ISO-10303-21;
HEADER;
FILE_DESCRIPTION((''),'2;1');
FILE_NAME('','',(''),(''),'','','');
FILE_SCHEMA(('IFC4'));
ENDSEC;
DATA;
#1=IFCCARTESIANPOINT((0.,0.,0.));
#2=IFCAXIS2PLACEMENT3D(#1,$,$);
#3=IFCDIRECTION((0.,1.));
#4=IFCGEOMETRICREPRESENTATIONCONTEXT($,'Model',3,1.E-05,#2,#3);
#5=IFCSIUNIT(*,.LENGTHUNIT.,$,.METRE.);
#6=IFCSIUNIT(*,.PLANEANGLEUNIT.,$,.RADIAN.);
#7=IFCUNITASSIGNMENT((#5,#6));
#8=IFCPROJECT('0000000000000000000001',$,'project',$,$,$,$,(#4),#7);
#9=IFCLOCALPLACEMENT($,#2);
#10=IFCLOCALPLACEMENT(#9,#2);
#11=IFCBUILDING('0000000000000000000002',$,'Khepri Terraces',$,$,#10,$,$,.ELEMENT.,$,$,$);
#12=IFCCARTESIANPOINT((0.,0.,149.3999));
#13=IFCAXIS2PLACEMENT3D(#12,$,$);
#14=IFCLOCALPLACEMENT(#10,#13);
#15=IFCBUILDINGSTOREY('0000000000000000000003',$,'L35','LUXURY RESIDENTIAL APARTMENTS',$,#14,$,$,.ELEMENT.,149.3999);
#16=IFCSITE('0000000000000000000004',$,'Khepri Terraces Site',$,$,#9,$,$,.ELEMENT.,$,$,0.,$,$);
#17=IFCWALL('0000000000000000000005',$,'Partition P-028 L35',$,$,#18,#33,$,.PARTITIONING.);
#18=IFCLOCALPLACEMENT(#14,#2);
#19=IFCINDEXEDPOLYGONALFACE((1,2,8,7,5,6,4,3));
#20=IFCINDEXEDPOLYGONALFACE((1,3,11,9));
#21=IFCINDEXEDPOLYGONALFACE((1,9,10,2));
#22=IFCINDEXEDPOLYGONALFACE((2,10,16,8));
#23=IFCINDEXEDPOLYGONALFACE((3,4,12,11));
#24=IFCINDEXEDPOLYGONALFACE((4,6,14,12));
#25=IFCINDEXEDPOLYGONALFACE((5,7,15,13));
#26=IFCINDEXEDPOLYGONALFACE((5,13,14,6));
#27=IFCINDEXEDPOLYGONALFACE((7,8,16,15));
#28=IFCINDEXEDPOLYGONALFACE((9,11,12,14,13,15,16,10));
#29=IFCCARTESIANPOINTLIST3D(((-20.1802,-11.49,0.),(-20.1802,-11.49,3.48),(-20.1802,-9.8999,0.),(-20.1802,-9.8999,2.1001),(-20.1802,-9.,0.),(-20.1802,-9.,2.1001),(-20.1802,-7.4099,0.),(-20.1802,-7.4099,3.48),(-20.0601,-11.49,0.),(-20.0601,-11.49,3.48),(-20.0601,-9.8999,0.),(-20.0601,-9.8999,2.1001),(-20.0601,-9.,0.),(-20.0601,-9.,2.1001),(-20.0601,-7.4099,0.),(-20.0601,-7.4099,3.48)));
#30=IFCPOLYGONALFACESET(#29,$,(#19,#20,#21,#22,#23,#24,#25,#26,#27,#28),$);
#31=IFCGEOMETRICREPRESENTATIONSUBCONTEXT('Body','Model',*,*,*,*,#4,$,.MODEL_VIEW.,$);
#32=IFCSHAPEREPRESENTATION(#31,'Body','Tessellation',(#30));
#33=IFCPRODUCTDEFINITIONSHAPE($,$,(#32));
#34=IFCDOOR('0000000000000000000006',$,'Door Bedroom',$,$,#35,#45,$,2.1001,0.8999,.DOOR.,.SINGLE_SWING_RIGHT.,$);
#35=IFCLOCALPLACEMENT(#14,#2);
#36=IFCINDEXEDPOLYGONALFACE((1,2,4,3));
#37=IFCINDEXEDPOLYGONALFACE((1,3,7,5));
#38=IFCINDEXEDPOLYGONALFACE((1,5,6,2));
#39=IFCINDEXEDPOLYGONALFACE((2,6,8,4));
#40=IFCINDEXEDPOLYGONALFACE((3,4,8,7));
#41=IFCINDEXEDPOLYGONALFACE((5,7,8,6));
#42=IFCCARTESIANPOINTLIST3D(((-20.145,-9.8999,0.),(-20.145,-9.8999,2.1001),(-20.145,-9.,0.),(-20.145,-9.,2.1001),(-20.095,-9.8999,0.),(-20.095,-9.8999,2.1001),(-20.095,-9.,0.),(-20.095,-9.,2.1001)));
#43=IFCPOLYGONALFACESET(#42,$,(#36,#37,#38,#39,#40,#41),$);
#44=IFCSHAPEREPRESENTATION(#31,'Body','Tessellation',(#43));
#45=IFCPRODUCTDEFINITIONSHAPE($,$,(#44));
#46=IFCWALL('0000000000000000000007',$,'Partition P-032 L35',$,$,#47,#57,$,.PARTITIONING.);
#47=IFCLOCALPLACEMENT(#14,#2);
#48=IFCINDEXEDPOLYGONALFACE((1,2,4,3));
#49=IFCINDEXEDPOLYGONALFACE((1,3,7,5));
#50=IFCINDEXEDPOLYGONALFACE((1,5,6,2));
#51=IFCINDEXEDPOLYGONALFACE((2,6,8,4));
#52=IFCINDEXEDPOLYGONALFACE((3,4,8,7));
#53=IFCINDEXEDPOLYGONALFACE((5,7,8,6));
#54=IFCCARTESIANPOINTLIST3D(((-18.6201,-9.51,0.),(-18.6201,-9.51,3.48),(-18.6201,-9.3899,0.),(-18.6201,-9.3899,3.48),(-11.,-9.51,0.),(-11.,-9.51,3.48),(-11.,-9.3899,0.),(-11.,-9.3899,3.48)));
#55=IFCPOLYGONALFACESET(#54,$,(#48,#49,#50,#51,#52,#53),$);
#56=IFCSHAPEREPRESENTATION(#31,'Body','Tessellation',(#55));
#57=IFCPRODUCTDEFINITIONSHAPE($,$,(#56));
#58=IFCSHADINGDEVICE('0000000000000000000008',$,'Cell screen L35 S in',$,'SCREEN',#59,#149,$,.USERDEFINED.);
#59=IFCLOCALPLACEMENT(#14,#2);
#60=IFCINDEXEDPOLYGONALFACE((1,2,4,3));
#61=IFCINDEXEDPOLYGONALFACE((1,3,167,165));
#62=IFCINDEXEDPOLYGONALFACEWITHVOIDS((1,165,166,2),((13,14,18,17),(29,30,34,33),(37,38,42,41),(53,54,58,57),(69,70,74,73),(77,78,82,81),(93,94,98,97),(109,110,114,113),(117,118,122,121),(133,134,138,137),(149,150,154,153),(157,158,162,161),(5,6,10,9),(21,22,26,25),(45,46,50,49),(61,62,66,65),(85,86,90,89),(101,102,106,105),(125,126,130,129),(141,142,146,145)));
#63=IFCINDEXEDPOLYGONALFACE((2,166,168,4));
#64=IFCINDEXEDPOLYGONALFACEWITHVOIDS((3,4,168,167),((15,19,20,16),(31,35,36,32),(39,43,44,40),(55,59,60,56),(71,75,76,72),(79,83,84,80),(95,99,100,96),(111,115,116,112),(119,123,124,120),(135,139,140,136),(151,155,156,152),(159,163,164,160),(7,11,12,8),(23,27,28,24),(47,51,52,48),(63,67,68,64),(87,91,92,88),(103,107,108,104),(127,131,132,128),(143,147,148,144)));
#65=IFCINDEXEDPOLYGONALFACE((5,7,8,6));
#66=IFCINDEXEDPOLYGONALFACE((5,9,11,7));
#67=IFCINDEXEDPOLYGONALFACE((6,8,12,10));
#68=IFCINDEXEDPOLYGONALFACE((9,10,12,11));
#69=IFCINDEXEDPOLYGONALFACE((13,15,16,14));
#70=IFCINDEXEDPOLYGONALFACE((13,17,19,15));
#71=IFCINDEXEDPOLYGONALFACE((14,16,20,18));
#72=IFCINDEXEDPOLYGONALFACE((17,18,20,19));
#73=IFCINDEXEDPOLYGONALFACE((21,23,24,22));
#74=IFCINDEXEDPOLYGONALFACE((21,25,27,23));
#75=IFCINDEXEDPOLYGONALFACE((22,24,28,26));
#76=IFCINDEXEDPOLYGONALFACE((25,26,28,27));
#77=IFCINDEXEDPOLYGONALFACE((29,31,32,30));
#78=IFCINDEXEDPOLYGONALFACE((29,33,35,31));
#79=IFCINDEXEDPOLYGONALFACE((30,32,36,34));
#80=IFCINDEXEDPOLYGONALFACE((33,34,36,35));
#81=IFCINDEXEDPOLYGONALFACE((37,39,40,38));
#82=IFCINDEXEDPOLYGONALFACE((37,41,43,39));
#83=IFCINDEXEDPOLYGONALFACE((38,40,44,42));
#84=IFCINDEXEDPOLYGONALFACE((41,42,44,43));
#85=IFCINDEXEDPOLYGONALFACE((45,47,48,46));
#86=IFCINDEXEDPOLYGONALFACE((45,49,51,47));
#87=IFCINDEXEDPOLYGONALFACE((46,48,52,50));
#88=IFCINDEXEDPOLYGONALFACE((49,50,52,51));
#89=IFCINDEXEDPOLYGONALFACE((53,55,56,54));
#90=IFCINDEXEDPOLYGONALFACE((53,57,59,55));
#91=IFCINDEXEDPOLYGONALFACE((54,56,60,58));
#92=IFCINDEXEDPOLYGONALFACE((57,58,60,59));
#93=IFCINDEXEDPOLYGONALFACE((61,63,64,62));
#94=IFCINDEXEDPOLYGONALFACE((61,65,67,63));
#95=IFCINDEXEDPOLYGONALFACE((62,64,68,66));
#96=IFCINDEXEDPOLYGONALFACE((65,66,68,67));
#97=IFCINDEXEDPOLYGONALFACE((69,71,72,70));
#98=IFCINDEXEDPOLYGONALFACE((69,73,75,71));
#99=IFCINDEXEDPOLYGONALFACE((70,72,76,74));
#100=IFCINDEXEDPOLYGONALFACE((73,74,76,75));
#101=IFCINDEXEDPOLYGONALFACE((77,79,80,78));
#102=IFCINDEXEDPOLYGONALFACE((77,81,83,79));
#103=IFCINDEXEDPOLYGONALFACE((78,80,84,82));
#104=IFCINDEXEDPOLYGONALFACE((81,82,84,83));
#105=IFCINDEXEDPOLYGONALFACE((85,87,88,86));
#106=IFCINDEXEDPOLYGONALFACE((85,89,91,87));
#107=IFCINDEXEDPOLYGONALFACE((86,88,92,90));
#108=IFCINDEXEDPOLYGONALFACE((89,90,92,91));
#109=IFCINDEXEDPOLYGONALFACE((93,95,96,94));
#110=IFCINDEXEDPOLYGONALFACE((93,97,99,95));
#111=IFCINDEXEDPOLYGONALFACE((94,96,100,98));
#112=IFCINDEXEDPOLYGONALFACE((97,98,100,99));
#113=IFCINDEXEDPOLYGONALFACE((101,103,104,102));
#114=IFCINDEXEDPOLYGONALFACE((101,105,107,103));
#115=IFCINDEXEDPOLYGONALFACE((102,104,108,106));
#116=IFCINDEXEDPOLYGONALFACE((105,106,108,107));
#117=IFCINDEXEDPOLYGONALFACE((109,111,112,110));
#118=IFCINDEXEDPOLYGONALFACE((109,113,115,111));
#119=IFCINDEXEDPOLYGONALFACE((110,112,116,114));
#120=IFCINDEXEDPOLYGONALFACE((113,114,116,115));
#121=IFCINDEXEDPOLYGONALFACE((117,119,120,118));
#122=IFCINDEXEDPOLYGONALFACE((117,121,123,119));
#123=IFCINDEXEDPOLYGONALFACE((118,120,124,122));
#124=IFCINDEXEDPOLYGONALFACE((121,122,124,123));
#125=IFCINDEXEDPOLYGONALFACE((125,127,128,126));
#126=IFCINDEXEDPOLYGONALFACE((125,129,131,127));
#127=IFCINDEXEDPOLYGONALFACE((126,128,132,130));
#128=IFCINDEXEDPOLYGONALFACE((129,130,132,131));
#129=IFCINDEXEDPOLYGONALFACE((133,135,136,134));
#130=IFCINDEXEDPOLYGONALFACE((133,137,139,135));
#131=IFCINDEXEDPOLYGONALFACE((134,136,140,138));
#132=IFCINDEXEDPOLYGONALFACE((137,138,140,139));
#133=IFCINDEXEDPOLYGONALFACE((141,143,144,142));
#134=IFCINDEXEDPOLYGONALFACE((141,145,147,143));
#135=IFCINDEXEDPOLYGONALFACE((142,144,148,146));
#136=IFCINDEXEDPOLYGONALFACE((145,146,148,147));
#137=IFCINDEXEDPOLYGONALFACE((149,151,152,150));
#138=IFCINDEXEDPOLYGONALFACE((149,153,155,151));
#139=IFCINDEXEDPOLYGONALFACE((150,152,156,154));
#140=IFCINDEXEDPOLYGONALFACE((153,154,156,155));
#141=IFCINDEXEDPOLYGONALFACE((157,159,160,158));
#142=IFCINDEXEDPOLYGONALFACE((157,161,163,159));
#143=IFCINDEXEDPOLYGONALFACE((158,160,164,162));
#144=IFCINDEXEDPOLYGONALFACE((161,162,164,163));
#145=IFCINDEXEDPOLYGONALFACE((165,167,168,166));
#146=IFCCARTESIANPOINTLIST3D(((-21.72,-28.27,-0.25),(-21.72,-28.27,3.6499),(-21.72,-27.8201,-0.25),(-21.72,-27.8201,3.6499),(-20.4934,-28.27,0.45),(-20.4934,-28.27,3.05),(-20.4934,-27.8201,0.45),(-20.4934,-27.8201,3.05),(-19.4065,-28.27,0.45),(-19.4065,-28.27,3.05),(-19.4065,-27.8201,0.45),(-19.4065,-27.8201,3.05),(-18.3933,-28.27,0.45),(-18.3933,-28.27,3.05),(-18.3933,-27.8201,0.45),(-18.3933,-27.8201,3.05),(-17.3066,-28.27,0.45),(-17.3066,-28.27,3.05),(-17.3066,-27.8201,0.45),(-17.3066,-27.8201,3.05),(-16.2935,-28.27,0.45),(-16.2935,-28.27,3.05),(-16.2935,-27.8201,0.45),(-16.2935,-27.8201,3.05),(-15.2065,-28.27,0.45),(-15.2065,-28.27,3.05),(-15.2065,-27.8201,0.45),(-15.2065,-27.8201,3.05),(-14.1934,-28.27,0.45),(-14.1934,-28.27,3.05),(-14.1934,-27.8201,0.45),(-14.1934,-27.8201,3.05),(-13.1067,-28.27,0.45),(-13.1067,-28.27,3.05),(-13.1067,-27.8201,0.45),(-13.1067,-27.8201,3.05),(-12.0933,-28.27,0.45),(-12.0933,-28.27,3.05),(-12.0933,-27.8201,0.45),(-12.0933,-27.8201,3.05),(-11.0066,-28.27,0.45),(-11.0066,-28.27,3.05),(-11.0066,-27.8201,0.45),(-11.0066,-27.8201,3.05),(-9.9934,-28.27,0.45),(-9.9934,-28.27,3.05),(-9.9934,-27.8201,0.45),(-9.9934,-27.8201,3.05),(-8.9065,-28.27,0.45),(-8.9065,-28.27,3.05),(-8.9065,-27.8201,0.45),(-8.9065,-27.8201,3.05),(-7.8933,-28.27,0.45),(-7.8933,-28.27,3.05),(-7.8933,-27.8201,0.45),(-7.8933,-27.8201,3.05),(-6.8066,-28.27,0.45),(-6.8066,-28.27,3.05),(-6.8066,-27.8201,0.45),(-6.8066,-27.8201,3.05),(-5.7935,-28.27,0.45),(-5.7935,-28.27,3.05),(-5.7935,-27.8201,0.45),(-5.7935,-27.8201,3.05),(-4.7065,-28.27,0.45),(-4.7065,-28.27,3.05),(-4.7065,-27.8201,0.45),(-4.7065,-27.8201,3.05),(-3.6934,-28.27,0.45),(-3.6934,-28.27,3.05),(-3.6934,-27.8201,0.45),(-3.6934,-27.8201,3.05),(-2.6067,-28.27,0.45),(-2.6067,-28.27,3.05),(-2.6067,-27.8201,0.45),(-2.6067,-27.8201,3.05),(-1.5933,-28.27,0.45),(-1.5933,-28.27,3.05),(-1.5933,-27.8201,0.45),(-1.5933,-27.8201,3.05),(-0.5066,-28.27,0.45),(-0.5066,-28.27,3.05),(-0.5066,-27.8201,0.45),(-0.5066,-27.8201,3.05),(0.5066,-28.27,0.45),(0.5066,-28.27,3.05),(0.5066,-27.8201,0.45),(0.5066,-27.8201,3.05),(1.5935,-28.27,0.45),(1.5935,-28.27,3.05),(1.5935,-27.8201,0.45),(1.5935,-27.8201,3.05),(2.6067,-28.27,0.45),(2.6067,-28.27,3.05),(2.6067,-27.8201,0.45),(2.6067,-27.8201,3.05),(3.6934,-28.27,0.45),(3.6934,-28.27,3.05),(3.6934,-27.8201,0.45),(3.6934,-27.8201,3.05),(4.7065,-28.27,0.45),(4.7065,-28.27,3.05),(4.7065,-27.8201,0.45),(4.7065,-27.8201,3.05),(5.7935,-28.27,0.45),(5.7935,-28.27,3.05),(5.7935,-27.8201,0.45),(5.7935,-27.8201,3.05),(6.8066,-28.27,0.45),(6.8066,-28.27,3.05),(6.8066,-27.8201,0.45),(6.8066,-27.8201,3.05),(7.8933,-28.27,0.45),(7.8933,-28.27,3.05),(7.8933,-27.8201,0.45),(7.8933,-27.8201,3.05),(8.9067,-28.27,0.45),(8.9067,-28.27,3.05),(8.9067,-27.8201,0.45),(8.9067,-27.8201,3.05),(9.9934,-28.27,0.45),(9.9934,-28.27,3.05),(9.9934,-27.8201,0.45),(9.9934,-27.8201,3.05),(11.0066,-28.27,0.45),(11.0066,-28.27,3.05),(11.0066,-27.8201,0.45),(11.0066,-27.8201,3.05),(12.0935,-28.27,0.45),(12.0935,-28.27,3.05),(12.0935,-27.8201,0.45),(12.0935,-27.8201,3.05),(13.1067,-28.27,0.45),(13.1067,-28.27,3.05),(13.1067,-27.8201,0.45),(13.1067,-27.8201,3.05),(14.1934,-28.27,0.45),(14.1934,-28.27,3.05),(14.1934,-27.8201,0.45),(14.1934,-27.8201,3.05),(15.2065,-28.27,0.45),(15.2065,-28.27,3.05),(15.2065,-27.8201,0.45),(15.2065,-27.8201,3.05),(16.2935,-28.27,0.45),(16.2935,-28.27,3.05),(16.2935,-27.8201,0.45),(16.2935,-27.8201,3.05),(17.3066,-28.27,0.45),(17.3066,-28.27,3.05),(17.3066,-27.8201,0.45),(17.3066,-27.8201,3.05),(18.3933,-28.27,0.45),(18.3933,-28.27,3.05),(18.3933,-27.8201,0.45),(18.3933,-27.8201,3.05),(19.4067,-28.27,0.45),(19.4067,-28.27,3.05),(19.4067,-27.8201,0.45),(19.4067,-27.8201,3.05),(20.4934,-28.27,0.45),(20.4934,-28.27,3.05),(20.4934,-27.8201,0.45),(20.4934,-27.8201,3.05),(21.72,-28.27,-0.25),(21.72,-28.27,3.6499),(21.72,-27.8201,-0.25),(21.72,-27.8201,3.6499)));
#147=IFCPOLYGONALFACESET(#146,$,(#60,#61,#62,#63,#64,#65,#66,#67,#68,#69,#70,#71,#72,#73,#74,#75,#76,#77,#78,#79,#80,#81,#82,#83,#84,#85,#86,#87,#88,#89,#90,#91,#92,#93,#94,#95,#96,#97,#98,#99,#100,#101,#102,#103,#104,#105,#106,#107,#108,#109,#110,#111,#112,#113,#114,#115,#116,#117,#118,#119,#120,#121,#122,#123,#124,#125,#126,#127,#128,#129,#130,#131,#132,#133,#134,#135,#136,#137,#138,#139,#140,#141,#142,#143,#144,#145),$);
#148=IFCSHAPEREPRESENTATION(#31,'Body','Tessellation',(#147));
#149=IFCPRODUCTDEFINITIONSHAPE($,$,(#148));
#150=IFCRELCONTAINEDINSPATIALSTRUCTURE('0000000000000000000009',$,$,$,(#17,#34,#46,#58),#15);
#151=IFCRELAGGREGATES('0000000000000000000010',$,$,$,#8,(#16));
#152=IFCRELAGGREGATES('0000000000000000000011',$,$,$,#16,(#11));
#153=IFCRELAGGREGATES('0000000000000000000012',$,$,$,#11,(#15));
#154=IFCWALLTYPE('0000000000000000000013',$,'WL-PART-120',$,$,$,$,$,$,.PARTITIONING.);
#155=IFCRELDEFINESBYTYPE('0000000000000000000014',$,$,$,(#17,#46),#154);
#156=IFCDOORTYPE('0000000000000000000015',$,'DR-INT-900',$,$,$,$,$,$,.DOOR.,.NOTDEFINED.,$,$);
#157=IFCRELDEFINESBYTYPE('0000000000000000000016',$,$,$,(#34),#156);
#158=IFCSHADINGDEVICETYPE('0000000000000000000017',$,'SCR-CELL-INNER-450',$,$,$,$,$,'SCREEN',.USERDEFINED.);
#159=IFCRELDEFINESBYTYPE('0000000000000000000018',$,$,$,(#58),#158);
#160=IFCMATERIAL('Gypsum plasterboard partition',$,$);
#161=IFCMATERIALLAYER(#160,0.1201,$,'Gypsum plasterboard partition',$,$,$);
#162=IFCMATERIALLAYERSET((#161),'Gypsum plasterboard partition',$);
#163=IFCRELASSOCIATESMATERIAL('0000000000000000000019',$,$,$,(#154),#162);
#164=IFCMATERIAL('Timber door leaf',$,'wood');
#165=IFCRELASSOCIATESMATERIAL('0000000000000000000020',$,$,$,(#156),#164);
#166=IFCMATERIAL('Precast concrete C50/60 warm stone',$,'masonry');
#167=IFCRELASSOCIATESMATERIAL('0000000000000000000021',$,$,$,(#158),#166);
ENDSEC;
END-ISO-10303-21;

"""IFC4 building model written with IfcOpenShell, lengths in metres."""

from ifc_helpers import new_model, si_unit, direction, frame, frame_2d, origin, place, context, subcontext, project, spatial, polyline, rectangle, outline, extrude, material, layer, layer_set, type_object, element, fill, save


model = new_model("IFC4")

# Units and contexts
model_context = context("Model", 3, precision=1e-05, world=origin(), true_north=direction((0.0, 1.0)))
body_context = subcontext(model_context, "Body", "Model", "MODEL_VIEW")
ifc_project = project(units=[si_unit("LENGTHUNIT", "METRE"), si_unit("PLANEANGLEUNIT", "RADIAN")], contexts=[model_context])

# Site, building, storey
site_placement = place(None, origin())
site = spatial("IfcSite", under=ifc_project, at=site_placement, Name="Khepri Terraces Site", CompositionType="ELEMENT", RefElevation=0.0)
building_placement = place(site_placement, origin())
building = spatial("IfcBuilding", under=site, at=building_placement, Name="Khepri Terraces", CompositionType="ELEMENT")
storey_placement = place(building_placement, frame((0.0, 0.0, 149.3999)))
storey = spatial("IfcBuildingStorey", under=building, at=storey_placement, Name="L35", Description="LUXURY RESIDENTIAL APARTMENTS", CompositionType="ELEMENT", Elevation=149.3999)

# Shared definitions
ifc_material_1 = material(Name="Precast concrete C50/60 warm stone", Category="masonry")

# Shared definitions
ifc_material_2 = material(Name="Gypsum plasterboard partition")
ifc_layer_1 = layer(ifc_material_2, 0.1201, Name="Gypsum plasterboard partition")
ifc_layer_set_1 = layer_set([ifc_layer_1], Name="Gypsum plasterboard partition")
wall_type_1 = type_object("IfcWallType", Name="WL-PART-120", PredefinedType="PARTITIONING", material=ifc_layer_set_1)
ifc_material_3 = material(Name="Timber door leaf", Category="wood")
door_type_1 = type_object("IfcDoorType", Name="DR-INT-900", OperationType="NOTDEFINED", PredefinedType="DOOR", material=ifc_material_3)

# Wall, opening, door
wall_1_placement = place(storey_placement, frame((-20.1201, -11.49, 0.0), z_axis=(0.0, 0.0, 1.0), x_axis=(0.0, 1.0, 0.0)))
wall_1 = element("IfcWall", 1, at=wall_1_placement, inside=storey, type_object=wall_type_1, Name="Partition P-028 L35", PredefinedType="PARTITIONING", context=body_context, shape_type="SweptSolid", body=[
    extrude(rectangle(XDim=4.0801, YDim=0.1201, at=frame_2d((2.04, 0.0))), origin(), (0.0, 0.0, 1.0), 3.48),
])
opening_1_placement = place(wall_1_placement, frame((1.5901, 0.0, 0.0)))
opening_1 = element("IfcOpeningElement", 2, at=opening_1_placement, cuts=wall_1, PredefinedType="OPENING", context=body_context, shape_type="SweptSolid", body=[
    extrude(rectangle(XDim=0.8999, YDim=2.1001, at=frame_2d((0.45, 1.05))), frame((0.0, 0.0701, 0.0), z_axis=(0.0, -1.0, 0.0), x_axis=(1.0, 0.0, 0.0)), (0.0, 0.0, 1.0), 0.1401),
])
door_1_placement = place(opening_1_placement, origin())
door_1 = element("IfcDoor", 3, at=door_1_placement, inside=storey, type_object=door_type_1, Name="Door Bedroom", OperationType="SINGLE_SWING_RIGHT", OverallHeight=2.1001, OverallWidth=0.8999, PredefinedType="DOOR", context=body_context, shape_type="SweptSolid", body=[
    extrude(rectangle(XDim=0.8999, YDim=2.1001, at=frame_2d((0.45, 1.05))), frame((0.0, 0.0249, 0.0), z_axis=(0.0, -1.0, 0.0), x_axis=(1.0, 0.0, 0.0)), (0.0, 0.0, 1.0), 0.05),
])
fill(opening_1, door_1)

# Wall
wall_2_placement = place(storey_placement, frame((-18.6201, -9.45, 0.0), z_axis=(0.0, 0.0, 1.0), x_axis=(1.0, 0.0, 0.0)))
element("IfcWall", 4, at=wall_2_placement, inside=storey, type_object=wall_type_1, Name="Partition P-032 L35", PredefinedType="PARTITIONING", context=body_context, shape_type="SweptSolid", body=[
    extrude(rectangle(XDim=7.6201, YDim=0.1201, at=frame_2d((3.8101, 0.0))), origin(), (0.0, 0.0, 1.0), 3.48),
])

# Shading device
shading_device_type_1 = type_object("IfcShadingDeviceType", Name="SCR-CELL-INNER-450", ElementType="SCREEN", PredefinedType="USERDEFINED", material=ifc_material_1)
shading_device_1_placement = place(storey_placement, frame((-21.72, -27.8201, -0.25), z_axis=(0.0, -1.0, 0.0), x_axis=(1.0, 0.0, 0.0)))
element("IfcShadingDevice", 5, at=shading_device_1_placement, inside=storey, type_object=shading_device_type_1, Name="Cell screen L35 S in", ObjectType="SCREEN", PredefinedType="USERDEFINED", context=body_context, shape_type="SweptSolid", body=[
    extrude(outline(polyline([(0.0, 0.0), (43.4399, 0.0), (43.4399, 3.8999), (0.0, 3.8999), (0.0, 0.0)]), holes=[polyline([(1.2266, 0.7), (2.3135, 0.7), (2.3135, 3.3), (1.2266, 3.3), (1.2266, 0.7)]), polyline([(3.3267, 0.7), (4.4133, 0.7), (4.4133, 3.3), (3.3267, 3.3), (3.3267, 0.7)]), polyline([(5.4265, 0.7), (6.5134, 0.7), (6.5134, 3.3), (5.4265, 3.3), (5.4265, 0.7)]), polyline([(7.5266, 0.7), (8.6133, 0.7), (8.6133, 3.3), (7.5266, 3.3), (7.5266, 0.7)]), polyline([(9.6267, 0.7), (10.7134, 0.7), (10.7134, 3.3), (9.6267, 3.3), (9.6267, 0.7)]), polyline([(11.7266, 0.7), (12.8135, 0.7), (12.8135, 3.3), (11.7266, 3.3), (11.7266, 0.7)]), polyline([(13.8267, 0.7), (14.9133, 0.7), (14.9133, 3.3), (13.8267, 3.3), (13.8267, 0.7)]), polyline([(15.9265, 0.7), (17.0134, 0.7), (17.0134, 3.3), (15.9265, 3.3), (15.9265, 0.7)]), polyline([(18.0266, 0.7), (19.1133, 0.7), (19.1133, 3.3), (18.0266, 3.3), (18.0266, 0.7)]), polyline([(20.1267, 0.7), (21.2134, 0.7), (21.2134, 3.3), (20.1267, 3.3), (20.1267, 0.7)]), polyline([(22.2266, 0.7), (23.3135, 0.7), (23.3135, 3.3), (22.2266, 3.3), (22.2266, 0.7)]), polyline([(24.3267, 0.7), (25.4133, 0.7), (25.4133, 3.3), (24.3267, 3.3), (24.3267, 0.7)]), polyline([(26.4265, 0.7), (27.5134, 0.7), (27.5134, 3.3), (26.4265, 3.3), (26.4265, 0.7)]), polyline([(28.5266, 0.7), (29.6133, 0.7), (29.6133, 3.3), (28.5266, 3.3), (28.5266, 0.7)]), polyline([(30.6267, 0.7), (31.7134, 0.7), (31.7134, 3.3), (30.6267, 3.3), (30.6267, 0.7)]), polyline([(32.7266, 0.7), (33.8135, 0.7), (33.8135, 3.3), (32.7266, 3.3), (32.7266, 0.7)]), polyline([(34.8267, 0.7), (35.9133, 0.7), (35.9133, 3.3), (34.8267, 3.3), (34.8267, 0.7)]), polyline([(36.9265, 0.7), (38.0134, 0.7), (38.0134, 3.3), (36.9265, 3.3), (36.9265, 0.7)]), polyline([(39.0266, 0.7), (40.1133, 0.7), (40.1133, 3.3), (39.0266, 3.3), (39.0266, 0.7)]), polyline([(41.1267, 0.7), (42.2134, 0.7), (42.2134, 3.3), (41.1267, 3.3), (41.1267, 0.7)])]), origin(), (0.0, 0.0, 1.0), 0.45),
])

save(model, "model.ifc")
